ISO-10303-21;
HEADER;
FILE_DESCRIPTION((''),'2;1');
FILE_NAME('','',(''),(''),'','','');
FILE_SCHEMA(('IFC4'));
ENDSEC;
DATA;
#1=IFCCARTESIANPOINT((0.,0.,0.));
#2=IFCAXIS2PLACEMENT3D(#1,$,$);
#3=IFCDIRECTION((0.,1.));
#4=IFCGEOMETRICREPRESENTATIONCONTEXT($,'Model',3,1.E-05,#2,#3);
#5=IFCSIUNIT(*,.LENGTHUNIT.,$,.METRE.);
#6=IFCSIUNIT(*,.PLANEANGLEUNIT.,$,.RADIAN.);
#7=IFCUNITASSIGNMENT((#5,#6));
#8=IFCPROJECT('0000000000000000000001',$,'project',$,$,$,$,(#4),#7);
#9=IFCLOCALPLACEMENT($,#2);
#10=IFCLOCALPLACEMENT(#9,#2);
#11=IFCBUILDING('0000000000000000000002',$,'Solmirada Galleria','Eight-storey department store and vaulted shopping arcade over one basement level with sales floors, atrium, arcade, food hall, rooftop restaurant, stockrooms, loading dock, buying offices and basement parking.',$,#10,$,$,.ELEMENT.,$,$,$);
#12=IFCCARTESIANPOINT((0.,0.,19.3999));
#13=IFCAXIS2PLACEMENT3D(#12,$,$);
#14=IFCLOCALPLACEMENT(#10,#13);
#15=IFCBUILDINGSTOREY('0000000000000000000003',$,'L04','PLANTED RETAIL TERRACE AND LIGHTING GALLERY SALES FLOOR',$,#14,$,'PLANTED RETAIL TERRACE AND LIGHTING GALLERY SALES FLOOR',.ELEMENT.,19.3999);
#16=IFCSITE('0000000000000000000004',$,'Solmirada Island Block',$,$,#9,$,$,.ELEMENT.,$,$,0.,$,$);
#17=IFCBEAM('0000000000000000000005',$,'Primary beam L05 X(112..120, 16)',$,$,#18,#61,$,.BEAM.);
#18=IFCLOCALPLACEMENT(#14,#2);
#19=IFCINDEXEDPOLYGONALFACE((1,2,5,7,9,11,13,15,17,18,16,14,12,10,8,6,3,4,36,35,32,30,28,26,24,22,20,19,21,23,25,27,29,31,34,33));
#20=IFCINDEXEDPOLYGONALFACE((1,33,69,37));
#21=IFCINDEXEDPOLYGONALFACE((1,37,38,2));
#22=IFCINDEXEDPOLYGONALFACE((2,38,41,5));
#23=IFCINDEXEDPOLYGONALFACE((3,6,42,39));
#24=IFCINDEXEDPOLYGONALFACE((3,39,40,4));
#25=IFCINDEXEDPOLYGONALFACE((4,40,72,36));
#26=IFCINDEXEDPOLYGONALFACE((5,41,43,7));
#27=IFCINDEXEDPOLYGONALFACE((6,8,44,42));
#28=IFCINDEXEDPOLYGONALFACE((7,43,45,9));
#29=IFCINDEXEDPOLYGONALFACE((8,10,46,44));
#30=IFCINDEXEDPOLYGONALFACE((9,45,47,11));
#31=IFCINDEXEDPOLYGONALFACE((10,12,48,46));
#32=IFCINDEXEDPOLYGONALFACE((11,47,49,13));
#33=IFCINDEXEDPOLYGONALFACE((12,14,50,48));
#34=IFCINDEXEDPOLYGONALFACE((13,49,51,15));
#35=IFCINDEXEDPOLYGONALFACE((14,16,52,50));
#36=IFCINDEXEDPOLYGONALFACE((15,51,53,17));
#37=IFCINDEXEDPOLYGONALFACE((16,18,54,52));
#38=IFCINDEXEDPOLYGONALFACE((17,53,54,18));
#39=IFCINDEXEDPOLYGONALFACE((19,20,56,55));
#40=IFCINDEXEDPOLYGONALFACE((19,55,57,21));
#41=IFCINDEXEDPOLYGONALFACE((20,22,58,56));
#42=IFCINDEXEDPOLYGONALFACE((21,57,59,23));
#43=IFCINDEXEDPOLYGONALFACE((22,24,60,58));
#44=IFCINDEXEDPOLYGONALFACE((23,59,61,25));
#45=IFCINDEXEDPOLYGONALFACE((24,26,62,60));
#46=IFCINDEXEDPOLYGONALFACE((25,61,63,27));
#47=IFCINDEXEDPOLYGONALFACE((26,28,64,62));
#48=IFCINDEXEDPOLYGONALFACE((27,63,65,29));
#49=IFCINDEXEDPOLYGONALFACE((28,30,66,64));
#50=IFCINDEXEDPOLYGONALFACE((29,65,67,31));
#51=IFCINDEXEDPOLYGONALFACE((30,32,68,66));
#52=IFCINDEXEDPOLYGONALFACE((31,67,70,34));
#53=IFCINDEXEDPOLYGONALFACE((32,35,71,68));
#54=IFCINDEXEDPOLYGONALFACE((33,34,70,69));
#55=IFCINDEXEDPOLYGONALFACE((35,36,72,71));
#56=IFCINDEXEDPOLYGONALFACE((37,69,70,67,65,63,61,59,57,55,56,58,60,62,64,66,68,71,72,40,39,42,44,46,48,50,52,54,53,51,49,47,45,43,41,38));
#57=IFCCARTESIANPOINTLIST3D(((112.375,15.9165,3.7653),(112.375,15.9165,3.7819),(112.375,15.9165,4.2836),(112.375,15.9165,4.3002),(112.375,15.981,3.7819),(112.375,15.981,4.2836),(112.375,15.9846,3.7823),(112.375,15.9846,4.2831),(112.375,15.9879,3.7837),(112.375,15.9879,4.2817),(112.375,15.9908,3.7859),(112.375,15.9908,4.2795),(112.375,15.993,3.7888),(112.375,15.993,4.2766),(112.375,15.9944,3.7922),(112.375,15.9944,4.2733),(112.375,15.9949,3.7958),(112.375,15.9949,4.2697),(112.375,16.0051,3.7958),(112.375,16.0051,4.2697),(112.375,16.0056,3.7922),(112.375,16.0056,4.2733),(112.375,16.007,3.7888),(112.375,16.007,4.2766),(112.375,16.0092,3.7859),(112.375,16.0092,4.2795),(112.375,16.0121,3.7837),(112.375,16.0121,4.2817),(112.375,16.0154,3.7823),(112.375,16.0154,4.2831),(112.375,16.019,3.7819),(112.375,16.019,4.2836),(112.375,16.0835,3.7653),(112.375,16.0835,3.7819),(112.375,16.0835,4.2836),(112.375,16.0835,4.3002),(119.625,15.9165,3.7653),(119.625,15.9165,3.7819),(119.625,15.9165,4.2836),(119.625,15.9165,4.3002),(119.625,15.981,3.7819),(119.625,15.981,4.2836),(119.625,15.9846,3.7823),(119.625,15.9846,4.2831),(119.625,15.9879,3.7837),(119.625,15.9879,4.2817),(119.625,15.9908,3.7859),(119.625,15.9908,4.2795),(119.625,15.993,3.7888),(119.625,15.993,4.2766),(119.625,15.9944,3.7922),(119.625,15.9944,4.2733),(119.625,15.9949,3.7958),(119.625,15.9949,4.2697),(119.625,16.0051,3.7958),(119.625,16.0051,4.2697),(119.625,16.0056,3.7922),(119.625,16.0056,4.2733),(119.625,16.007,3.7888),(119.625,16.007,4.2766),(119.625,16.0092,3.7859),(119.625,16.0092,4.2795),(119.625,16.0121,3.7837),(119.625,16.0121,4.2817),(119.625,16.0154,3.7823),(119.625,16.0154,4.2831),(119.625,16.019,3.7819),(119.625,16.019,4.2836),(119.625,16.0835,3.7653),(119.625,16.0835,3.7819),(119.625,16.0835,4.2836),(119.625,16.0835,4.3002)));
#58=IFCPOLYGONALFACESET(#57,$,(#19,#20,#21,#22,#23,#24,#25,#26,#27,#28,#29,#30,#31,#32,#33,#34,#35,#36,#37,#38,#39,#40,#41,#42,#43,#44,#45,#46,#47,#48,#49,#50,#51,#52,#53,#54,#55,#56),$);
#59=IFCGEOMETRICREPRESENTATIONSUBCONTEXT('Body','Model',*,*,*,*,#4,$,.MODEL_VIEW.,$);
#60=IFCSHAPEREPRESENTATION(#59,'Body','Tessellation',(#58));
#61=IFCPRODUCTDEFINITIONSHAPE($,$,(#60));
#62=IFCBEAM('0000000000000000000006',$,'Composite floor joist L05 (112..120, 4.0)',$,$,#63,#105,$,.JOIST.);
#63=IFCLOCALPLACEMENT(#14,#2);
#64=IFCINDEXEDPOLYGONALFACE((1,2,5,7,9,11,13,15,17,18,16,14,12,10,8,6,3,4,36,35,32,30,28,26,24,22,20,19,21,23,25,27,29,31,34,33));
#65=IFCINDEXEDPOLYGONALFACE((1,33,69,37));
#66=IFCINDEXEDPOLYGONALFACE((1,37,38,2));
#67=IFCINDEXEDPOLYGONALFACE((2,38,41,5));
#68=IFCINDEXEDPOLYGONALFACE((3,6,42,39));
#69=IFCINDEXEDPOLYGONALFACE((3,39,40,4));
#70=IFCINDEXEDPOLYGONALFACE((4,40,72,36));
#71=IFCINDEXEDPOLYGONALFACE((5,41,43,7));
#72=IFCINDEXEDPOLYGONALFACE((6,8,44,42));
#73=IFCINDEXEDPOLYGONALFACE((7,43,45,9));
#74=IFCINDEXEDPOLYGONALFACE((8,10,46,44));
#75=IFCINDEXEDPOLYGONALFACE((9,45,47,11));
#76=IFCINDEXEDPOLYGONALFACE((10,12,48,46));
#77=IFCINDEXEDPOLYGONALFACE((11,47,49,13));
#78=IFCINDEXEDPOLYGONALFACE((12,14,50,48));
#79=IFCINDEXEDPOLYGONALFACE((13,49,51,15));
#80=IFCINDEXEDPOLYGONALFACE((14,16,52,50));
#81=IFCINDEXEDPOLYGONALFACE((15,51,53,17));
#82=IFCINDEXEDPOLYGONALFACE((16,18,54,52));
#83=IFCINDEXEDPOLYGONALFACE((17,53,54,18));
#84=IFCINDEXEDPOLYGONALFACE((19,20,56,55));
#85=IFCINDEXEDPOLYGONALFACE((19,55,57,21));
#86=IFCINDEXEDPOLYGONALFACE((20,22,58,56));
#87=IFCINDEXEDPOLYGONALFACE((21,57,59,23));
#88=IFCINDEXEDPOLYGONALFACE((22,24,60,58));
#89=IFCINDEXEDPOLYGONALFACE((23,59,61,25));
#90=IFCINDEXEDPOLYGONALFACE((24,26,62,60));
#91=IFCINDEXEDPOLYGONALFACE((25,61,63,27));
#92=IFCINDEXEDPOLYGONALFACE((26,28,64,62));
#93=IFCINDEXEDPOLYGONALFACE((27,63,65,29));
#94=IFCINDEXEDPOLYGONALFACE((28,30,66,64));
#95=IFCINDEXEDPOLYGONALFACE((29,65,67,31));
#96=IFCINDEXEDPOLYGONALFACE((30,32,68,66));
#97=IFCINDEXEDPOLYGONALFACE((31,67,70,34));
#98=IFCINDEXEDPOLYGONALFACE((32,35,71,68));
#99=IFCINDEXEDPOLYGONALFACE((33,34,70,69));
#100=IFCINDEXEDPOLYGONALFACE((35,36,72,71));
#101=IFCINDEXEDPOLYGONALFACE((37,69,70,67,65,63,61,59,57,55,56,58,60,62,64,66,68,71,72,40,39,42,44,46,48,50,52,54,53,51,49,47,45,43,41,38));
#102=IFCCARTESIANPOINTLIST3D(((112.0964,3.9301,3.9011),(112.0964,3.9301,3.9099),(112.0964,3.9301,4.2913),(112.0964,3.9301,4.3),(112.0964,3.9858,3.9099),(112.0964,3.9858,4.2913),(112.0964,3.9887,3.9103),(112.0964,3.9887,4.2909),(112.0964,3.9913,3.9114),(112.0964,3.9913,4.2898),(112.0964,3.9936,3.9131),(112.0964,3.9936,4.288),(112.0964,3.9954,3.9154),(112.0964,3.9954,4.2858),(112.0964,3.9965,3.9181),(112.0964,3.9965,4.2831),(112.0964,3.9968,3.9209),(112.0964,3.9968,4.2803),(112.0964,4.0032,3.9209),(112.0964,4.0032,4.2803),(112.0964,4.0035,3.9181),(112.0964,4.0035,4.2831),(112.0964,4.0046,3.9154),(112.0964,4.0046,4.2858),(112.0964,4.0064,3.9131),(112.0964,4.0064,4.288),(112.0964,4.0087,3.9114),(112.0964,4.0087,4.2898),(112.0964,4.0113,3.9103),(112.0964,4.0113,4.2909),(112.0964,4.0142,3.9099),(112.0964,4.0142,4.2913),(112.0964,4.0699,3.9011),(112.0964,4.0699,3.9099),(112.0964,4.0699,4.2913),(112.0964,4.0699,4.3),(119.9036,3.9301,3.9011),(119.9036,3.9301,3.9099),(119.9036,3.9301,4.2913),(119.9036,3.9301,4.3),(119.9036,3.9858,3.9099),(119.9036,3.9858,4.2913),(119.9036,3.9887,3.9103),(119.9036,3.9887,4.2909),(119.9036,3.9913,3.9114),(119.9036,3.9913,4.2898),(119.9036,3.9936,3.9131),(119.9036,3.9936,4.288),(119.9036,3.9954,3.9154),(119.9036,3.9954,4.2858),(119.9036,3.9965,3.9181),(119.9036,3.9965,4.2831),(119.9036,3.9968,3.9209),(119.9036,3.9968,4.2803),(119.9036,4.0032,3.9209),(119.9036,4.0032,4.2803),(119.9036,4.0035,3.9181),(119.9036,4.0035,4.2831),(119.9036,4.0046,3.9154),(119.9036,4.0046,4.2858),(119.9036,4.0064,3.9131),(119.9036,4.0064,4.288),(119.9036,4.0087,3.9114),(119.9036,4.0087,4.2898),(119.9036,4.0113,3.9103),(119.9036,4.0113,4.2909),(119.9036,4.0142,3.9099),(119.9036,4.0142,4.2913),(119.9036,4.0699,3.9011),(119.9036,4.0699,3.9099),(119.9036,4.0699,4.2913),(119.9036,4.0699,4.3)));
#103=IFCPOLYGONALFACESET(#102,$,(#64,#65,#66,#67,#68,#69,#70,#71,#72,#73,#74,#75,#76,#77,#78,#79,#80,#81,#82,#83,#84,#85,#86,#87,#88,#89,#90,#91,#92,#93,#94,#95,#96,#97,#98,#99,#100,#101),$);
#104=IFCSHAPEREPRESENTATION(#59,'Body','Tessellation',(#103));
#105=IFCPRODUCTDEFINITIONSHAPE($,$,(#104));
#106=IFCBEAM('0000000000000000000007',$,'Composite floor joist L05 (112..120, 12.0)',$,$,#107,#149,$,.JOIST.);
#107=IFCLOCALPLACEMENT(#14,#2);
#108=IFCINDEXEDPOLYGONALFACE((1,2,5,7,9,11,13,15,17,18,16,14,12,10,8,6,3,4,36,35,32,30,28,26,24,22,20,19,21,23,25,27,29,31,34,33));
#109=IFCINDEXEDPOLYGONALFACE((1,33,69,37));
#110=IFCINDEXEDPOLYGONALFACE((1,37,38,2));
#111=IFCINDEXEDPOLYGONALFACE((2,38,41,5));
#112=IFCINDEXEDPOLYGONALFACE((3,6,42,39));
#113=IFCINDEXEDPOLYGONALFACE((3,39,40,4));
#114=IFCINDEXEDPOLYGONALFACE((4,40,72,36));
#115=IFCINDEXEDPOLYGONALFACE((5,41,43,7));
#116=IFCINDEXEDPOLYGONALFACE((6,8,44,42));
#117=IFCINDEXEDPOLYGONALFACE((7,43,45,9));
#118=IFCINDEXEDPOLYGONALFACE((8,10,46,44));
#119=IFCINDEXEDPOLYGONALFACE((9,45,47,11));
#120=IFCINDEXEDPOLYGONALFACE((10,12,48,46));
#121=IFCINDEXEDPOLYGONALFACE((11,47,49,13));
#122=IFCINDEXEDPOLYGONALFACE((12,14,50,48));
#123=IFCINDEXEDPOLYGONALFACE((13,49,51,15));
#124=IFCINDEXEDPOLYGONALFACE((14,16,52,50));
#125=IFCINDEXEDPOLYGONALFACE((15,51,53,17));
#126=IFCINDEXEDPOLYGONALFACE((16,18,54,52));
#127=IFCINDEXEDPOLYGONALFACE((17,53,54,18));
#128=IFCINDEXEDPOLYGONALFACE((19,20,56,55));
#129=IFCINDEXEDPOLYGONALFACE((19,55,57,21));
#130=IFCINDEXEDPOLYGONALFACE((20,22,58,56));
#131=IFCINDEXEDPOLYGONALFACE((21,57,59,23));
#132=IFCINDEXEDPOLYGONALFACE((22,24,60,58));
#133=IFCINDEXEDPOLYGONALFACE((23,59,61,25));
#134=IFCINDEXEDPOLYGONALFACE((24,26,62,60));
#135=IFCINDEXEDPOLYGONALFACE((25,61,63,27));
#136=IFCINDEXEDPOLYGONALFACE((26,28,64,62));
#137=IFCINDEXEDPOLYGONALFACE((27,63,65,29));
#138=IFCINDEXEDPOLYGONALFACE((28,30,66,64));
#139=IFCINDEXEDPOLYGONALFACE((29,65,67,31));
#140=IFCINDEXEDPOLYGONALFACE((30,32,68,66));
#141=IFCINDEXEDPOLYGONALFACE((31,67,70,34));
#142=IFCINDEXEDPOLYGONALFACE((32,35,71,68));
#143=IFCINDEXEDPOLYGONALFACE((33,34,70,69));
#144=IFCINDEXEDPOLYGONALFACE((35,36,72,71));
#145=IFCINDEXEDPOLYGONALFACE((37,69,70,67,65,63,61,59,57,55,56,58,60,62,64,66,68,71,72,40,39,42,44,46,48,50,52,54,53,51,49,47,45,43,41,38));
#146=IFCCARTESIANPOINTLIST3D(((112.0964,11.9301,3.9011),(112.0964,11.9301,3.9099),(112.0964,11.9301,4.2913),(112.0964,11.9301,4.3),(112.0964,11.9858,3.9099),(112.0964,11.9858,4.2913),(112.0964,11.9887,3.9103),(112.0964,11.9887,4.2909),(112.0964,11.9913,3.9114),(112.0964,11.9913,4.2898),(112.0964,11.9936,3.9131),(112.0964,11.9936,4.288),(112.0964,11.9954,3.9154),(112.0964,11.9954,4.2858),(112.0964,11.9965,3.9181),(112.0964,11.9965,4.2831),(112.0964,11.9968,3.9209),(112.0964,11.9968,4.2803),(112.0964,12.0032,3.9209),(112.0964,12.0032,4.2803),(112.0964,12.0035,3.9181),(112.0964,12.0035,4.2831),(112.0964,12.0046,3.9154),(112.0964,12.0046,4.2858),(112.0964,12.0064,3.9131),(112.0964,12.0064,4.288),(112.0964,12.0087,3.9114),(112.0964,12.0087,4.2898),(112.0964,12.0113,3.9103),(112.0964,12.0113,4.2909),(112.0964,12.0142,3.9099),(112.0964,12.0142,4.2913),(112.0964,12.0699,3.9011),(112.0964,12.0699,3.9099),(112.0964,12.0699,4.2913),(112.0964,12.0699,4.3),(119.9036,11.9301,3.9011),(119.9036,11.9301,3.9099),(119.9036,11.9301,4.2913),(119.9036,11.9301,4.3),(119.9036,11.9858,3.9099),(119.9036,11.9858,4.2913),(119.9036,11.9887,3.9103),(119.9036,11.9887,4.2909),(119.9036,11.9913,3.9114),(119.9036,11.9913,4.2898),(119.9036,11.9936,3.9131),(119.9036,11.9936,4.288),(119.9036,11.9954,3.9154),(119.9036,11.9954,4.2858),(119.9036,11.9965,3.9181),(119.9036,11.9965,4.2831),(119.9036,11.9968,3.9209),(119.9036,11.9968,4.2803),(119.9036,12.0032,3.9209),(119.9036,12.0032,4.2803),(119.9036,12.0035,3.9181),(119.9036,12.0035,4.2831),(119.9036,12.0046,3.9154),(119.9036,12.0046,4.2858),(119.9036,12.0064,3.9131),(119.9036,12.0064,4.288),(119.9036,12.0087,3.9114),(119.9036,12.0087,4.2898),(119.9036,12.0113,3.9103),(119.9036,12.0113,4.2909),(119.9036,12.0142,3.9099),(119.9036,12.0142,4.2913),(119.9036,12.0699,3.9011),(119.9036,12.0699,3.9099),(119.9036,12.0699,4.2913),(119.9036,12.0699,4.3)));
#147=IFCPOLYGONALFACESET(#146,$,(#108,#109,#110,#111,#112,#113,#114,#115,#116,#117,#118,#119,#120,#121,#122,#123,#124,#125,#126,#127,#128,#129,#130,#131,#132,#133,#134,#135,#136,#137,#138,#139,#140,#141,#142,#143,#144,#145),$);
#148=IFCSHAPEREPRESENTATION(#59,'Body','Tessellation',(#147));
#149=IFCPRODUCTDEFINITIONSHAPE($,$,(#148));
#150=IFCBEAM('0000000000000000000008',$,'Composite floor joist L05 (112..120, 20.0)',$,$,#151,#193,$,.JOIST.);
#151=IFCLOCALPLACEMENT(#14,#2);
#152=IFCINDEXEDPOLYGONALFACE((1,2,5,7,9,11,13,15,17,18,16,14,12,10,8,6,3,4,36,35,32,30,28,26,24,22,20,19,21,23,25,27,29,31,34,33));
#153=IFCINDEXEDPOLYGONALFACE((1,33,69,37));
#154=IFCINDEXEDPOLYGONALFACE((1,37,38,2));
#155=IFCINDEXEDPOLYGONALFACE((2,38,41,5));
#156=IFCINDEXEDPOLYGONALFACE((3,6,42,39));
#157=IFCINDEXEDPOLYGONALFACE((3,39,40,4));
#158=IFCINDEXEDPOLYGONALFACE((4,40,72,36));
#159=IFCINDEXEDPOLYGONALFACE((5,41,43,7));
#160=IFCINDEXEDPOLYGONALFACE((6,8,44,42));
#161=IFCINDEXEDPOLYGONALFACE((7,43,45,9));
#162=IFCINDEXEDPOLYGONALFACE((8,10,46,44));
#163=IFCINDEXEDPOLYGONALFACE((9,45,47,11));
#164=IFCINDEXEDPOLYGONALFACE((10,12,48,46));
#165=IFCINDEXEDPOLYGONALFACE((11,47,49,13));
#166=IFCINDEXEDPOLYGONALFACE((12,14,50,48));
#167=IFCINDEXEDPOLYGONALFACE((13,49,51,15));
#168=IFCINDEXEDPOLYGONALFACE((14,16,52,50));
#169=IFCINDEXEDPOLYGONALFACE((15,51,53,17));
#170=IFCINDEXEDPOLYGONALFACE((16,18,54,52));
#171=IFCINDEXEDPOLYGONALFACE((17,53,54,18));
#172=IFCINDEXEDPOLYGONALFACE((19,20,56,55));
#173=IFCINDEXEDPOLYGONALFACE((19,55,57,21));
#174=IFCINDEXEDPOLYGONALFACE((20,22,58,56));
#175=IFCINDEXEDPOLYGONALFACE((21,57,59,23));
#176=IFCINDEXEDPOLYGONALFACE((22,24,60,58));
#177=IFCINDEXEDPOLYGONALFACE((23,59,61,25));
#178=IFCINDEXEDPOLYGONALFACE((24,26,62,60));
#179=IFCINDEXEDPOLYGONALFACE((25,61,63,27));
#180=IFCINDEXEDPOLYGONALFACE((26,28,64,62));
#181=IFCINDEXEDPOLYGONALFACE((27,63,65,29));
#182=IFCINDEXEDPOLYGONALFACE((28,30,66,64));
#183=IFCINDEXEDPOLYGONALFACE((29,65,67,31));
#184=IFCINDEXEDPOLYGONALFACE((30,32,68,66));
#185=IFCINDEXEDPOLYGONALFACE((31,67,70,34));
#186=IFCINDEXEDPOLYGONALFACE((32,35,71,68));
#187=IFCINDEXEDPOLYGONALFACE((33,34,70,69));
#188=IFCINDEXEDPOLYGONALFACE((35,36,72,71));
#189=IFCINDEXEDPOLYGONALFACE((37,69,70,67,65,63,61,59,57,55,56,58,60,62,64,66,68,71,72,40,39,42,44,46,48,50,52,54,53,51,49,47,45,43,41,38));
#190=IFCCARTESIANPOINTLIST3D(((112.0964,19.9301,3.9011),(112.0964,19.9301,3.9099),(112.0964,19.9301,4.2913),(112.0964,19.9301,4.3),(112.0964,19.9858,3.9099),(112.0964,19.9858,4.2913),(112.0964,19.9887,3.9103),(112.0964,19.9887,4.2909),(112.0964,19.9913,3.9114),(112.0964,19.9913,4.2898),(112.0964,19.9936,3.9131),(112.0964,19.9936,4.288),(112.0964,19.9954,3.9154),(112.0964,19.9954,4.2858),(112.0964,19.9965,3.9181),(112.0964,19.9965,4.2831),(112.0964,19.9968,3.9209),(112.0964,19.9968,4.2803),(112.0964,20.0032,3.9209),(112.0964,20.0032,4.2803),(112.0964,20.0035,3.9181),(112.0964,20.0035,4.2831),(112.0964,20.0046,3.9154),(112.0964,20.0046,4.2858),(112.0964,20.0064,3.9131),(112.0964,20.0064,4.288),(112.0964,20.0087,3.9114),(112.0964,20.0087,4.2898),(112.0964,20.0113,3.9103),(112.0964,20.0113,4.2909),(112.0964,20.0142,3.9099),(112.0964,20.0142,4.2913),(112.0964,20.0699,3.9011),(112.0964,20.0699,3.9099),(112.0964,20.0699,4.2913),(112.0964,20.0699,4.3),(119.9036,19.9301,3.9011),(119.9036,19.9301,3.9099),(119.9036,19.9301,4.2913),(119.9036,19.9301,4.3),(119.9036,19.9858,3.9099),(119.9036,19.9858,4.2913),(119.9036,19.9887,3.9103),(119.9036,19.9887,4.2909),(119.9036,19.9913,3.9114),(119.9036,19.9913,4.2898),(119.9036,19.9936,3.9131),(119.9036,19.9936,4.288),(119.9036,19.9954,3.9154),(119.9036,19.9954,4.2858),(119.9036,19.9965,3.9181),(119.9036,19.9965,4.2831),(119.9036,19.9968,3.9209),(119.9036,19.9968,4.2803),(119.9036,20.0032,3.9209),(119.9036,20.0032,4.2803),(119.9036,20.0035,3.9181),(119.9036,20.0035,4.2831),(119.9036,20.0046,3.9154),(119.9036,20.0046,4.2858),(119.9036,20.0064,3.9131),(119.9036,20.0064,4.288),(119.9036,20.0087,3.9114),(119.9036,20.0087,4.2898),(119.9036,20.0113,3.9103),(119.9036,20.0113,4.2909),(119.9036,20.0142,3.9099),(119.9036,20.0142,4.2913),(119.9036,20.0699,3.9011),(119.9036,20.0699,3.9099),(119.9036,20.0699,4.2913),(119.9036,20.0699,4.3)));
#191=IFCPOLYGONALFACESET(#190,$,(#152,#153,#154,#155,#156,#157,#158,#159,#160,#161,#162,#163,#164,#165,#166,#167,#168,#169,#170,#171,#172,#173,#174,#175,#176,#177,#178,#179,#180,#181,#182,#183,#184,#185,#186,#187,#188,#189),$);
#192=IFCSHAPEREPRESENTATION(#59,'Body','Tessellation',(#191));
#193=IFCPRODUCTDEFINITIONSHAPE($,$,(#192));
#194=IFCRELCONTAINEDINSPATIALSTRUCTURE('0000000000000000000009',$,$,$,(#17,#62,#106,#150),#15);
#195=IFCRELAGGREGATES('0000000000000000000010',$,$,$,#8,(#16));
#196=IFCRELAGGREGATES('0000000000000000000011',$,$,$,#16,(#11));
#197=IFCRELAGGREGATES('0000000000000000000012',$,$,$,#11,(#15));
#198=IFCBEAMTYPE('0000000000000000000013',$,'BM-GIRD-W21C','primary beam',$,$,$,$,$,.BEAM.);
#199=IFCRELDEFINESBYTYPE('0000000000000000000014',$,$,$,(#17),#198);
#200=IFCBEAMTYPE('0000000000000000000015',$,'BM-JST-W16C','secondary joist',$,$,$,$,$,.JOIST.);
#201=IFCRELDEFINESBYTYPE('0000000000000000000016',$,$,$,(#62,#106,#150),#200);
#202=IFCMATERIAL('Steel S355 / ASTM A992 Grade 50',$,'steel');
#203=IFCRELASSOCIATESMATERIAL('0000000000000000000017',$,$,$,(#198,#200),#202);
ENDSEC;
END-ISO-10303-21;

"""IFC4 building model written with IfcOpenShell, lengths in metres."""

from ifc_helpers import new_model, si_unit, direction, frame, origin, origin_2d, place, context, subcontext, project, spatial, i_section, extrude, material, material_profile, profile_set, type_object, element, save


model = new_model("IFC4")

# Units and contexts
model_context = context("Model", 3, precision=1e-05, world=origin(), true_north=direction((0.0, 1.0)))
body_context = subcontext(model_context, "Body", "Model", "MODEL_VIEW")
ifc_project = project(units=[si_unit("LENGTHUNIT", "METRE"), si_unit("PLANEANGLEUNIT", "RADIAN")], contexts=[model_context])

# Site, building, storey
site_placement = place(None, origin())
site = spatial("IfcSite", under=ifc_project, at=site_placement, Name="Solmirada Island Block", CompositionType="ELEMENT", RefElevation=0.0)
building_placement = place(site_placement, origin())
building = spatial("IfcBuilding", under=site, at=building_placement, Name="Solmirada Galleria", Description="Eight-storey department store and vaulted shopping arcade over one basement level with sales floors, atrium, arcade, food hall, rooftop restaurant, stockrooms, loading dock, buying offices and basement parking.", CompositionType="ELEMENT")
storey_placement = place(building_placement, frame((0.0, 0.0, 19.3999)))
storey = spatial("IfcBuildingStorey", under=building, at=storey_placement, Name="L04", Description="PLANTED RETAIL TERRACE AND LIGHTING GALLERY SALES FLOOR", LongName="PLANTED RETAIL TERRACE AND LIGHTING GALLERY SALES FLOOR", CompositionType="ELEMENT", Elevation=19.3999)

# Beams
ifc_material_1 = material(Name="Steel S355 / ASTM A992 Grade 50", Category="steel")
ifc_material_profile_1 = material_profile(ifc_material_1, i_section(OverallWidth=0.167, OverallDepth=0.5349, WebThickness=0.0103, FlangeThickness=0.0166, FilletRadius=0.0139, at=origin_2d()), Name="W21X57")
ifc_profile_set_1 = profile_set([ifc_material_profile_1], Name="Steel S355 / ASTM A992 Grade 50")
beam_type_1 = type_object("IfcBeamType", Name="BM-GIRD-W21C", Description="primary beam", PredefinedType="BEAM", material=ifc_profile_set_1)
beam_1_placement = place(storey_placement, frame((112.375, 16.0, 4.0327), z_axis=(1.0, 0.0, 0.0), x_axis=(0.0, 1.0, 0.0)))
element("IfcBeam", 1, at=beam_1_placement, inside=storey, type_object=beam_type_1, Name="Primary beam L05 X(112..120, 16)", PredefinedType="BEAM", context=body_context, shape_type="SweptSolid", body=[
    extrude(i_section(OverallWidth=0.167, OverallDepth=0.5349, WebThickness=0.0103, FlangeThickness=0.0166, FilletRadius=0.0139, at=origin_2d()), origin(), (0.0, 0.0, 1.0), 7.25),
])
ifc_material_profile_2 = material_profile(ifc_material_1, i_section(OverallWidth=0.1399, OverallDepth=0.3989, WebThickness=0.0063, FlangeThickness=0.0088, FilletRadius=0.011, at=origin_2d()), Name="W16X26")
ifc_profile_set_2 = profile_set([ifc_material_profile_2], Name="Steel S355 / ASTM A992 Grade 50")
beam_type_2 = type_object("IfcBeamType", Name="BM-JST-W16C", Description="secondary joist", PredefinedType="JOIST", material=ifc_profile_set_2)
for number, where, z_axis, x_axis, name in (
    (2, (112.0964, 4.0, 4.1006), (1.0, 0.0, 0.0), (0.0, 1.0, 0.0), "Composite floor joist L05 (112..120, 4.0)"),
    (3, (112.0964, 12.0, 4.1006), (1.0, 0.0, 0.0), (0.0, 1.0, 0.0), "Composite floor joist L05 (112..120, 12.0)"),
    (4, (112.0964, 20.0, 4.1006), (1.0, 0.0, 0.0), (0.0, 1.0, 0.0), "Composite floor joist L05 (112..120, 20.0)"),
):
    element("IfcBeam", number, at=place(storey_placement, frame(where, z_axis=z_axis, x_axis=x_axis)), inside=storey, type_object=beam_type_2, Name=name, PredefinedType="JOIST", context=body_context, shape_type="SweptSolid", body=[
        extrude(i_section(OverallWidth=0.1399, OverallDepth=0.3989, WebThickness=0.0063, FlangeThickness=0.0088, FilletRadius=0.011, at=origin_2d()), origin(), (0.0, 0.0, 1.0), 7.8071),
    ])

save(model, "model.ifc")
